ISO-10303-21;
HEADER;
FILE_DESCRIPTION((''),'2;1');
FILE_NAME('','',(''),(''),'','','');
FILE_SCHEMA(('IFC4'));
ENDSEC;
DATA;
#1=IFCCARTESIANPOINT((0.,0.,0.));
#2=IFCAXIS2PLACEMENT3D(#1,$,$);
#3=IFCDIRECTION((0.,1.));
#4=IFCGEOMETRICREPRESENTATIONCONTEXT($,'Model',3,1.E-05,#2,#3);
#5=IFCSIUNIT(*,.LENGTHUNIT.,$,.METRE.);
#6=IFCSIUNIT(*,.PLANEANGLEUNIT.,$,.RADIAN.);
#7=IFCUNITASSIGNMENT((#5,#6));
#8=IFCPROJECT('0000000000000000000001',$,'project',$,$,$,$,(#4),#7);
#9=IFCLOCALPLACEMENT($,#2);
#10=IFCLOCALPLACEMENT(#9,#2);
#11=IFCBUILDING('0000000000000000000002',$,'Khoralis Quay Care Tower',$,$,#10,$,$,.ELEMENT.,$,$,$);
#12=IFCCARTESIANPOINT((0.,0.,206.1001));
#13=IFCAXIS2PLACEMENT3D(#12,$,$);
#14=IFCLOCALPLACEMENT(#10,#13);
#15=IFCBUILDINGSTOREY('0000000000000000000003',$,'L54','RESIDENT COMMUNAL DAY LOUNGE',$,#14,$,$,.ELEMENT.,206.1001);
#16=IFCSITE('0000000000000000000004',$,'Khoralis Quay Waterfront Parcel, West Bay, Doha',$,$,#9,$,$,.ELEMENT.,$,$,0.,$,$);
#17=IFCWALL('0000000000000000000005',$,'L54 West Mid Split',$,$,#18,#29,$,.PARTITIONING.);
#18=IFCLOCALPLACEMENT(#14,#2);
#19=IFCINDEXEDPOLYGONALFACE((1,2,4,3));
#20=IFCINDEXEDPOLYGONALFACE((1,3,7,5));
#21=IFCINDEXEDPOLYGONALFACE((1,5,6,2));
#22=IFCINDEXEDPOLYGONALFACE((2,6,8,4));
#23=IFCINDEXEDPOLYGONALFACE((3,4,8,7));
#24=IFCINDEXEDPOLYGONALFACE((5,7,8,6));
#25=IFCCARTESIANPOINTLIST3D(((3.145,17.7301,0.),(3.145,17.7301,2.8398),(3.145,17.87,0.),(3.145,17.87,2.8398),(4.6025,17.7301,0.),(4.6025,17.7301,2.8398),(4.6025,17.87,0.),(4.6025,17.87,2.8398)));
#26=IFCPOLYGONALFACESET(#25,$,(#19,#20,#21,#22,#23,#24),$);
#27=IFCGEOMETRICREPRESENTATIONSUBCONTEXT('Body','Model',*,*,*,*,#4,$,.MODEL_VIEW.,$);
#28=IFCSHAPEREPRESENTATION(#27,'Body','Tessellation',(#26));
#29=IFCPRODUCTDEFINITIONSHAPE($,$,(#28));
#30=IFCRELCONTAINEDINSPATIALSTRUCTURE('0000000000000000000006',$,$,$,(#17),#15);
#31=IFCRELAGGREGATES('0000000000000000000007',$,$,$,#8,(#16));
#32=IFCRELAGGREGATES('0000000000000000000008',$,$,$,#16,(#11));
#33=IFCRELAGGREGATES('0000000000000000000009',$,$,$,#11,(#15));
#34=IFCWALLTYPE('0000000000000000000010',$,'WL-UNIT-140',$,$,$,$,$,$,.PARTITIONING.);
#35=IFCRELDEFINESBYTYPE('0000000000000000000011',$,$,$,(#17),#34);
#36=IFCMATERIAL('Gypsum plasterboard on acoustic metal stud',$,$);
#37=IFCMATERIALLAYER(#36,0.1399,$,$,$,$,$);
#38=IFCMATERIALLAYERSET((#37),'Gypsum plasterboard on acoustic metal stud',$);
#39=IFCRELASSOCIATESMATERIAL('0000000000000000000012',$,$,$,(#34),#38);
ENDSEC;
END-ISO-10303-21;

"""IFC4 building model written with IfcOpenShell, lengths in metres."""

from ifc_helpers import new_model, si_unit, direction, frame, frame_2d, origin, place, context, subcontext, project, spatial, rectangle, extrude, material, layer, layer_set, type_object, element, save


model = new_model("IFC4")

# Units and contexts
model_context = context("Model", 3, precision=1e-05, world=origin(), true_north=direction((0.0, 1.0)))
body_context = subcontext(model_context, "Body", "Model", "MODEL_VIEW")
ifc_project = project(units=[si_unit("LENGTHUNIT", "METRE"), si_unit("PLANEANGLEUNIT", "RADIAN")], contexts=[model_context])

# Site, building, storey
site_placement = place(None, origin())
site = spatial("IfcSite", under=ifc_project, at=site_placement, Name="Khoralis Quay Waterfront Parcel, West Bay, Doha", CompositionType="ELEMENT", RefElevation=0.0)
building_placement = place(site_placement, origin())
building = spatial("IfcBuilding", under=site, at=building_placement, Name="Khoralis Quay Care Tower", CompositionType="ELEMENT")
storey_placement = place(building_placement, frame((0.0, 0.0, 206.1001)))
storey = spatial("IfcBuildingStorey", under=building, at=storey_placement, Name="L54", Description="RESIDENT COMMUNAL DAY LOUNGE", CompositionType="ELEMENT", Elevation=206.1001)

# Wall
ifc_material_1 = material(Name="Gypsum plasterboard on acoustic metal stud")
ifc_layer_1 = layer(ifc_material_1, 0.1399)
ifc_layer_set_1 = layer_set([ifc_layer_1], Name="Gypsum plasterboard on acoustic metal stud")
wall_type_1 = type_object("IfcWallType", Name="WL-UNIT-140", PredefinedType="PARTITIONING", material=ifc_layer_set_1)
wall_1_placement = place(storey_placement, frame((3.145, 17.8, 0.0), z_axis=(0.0, 0.0, 1.0), x_axis=(1.0, 0.0, 0.0)))
element("IfcWall", 1, at=wall_1_placement, inside=storey, type_object=wall_type_1, Name="L54 West Mid Split", PredefinedType="PARTITIONING", context=body_context, shape_type="SweptSolid", body=[
    extrude(rectangle(XDim=1.4575, YDim=0.1399, at=frame_2d((0.7288, 0.0))), origin(), (0.0, 0.0, 1.0), 2.8398),
])

save(model, "model.ifc")
